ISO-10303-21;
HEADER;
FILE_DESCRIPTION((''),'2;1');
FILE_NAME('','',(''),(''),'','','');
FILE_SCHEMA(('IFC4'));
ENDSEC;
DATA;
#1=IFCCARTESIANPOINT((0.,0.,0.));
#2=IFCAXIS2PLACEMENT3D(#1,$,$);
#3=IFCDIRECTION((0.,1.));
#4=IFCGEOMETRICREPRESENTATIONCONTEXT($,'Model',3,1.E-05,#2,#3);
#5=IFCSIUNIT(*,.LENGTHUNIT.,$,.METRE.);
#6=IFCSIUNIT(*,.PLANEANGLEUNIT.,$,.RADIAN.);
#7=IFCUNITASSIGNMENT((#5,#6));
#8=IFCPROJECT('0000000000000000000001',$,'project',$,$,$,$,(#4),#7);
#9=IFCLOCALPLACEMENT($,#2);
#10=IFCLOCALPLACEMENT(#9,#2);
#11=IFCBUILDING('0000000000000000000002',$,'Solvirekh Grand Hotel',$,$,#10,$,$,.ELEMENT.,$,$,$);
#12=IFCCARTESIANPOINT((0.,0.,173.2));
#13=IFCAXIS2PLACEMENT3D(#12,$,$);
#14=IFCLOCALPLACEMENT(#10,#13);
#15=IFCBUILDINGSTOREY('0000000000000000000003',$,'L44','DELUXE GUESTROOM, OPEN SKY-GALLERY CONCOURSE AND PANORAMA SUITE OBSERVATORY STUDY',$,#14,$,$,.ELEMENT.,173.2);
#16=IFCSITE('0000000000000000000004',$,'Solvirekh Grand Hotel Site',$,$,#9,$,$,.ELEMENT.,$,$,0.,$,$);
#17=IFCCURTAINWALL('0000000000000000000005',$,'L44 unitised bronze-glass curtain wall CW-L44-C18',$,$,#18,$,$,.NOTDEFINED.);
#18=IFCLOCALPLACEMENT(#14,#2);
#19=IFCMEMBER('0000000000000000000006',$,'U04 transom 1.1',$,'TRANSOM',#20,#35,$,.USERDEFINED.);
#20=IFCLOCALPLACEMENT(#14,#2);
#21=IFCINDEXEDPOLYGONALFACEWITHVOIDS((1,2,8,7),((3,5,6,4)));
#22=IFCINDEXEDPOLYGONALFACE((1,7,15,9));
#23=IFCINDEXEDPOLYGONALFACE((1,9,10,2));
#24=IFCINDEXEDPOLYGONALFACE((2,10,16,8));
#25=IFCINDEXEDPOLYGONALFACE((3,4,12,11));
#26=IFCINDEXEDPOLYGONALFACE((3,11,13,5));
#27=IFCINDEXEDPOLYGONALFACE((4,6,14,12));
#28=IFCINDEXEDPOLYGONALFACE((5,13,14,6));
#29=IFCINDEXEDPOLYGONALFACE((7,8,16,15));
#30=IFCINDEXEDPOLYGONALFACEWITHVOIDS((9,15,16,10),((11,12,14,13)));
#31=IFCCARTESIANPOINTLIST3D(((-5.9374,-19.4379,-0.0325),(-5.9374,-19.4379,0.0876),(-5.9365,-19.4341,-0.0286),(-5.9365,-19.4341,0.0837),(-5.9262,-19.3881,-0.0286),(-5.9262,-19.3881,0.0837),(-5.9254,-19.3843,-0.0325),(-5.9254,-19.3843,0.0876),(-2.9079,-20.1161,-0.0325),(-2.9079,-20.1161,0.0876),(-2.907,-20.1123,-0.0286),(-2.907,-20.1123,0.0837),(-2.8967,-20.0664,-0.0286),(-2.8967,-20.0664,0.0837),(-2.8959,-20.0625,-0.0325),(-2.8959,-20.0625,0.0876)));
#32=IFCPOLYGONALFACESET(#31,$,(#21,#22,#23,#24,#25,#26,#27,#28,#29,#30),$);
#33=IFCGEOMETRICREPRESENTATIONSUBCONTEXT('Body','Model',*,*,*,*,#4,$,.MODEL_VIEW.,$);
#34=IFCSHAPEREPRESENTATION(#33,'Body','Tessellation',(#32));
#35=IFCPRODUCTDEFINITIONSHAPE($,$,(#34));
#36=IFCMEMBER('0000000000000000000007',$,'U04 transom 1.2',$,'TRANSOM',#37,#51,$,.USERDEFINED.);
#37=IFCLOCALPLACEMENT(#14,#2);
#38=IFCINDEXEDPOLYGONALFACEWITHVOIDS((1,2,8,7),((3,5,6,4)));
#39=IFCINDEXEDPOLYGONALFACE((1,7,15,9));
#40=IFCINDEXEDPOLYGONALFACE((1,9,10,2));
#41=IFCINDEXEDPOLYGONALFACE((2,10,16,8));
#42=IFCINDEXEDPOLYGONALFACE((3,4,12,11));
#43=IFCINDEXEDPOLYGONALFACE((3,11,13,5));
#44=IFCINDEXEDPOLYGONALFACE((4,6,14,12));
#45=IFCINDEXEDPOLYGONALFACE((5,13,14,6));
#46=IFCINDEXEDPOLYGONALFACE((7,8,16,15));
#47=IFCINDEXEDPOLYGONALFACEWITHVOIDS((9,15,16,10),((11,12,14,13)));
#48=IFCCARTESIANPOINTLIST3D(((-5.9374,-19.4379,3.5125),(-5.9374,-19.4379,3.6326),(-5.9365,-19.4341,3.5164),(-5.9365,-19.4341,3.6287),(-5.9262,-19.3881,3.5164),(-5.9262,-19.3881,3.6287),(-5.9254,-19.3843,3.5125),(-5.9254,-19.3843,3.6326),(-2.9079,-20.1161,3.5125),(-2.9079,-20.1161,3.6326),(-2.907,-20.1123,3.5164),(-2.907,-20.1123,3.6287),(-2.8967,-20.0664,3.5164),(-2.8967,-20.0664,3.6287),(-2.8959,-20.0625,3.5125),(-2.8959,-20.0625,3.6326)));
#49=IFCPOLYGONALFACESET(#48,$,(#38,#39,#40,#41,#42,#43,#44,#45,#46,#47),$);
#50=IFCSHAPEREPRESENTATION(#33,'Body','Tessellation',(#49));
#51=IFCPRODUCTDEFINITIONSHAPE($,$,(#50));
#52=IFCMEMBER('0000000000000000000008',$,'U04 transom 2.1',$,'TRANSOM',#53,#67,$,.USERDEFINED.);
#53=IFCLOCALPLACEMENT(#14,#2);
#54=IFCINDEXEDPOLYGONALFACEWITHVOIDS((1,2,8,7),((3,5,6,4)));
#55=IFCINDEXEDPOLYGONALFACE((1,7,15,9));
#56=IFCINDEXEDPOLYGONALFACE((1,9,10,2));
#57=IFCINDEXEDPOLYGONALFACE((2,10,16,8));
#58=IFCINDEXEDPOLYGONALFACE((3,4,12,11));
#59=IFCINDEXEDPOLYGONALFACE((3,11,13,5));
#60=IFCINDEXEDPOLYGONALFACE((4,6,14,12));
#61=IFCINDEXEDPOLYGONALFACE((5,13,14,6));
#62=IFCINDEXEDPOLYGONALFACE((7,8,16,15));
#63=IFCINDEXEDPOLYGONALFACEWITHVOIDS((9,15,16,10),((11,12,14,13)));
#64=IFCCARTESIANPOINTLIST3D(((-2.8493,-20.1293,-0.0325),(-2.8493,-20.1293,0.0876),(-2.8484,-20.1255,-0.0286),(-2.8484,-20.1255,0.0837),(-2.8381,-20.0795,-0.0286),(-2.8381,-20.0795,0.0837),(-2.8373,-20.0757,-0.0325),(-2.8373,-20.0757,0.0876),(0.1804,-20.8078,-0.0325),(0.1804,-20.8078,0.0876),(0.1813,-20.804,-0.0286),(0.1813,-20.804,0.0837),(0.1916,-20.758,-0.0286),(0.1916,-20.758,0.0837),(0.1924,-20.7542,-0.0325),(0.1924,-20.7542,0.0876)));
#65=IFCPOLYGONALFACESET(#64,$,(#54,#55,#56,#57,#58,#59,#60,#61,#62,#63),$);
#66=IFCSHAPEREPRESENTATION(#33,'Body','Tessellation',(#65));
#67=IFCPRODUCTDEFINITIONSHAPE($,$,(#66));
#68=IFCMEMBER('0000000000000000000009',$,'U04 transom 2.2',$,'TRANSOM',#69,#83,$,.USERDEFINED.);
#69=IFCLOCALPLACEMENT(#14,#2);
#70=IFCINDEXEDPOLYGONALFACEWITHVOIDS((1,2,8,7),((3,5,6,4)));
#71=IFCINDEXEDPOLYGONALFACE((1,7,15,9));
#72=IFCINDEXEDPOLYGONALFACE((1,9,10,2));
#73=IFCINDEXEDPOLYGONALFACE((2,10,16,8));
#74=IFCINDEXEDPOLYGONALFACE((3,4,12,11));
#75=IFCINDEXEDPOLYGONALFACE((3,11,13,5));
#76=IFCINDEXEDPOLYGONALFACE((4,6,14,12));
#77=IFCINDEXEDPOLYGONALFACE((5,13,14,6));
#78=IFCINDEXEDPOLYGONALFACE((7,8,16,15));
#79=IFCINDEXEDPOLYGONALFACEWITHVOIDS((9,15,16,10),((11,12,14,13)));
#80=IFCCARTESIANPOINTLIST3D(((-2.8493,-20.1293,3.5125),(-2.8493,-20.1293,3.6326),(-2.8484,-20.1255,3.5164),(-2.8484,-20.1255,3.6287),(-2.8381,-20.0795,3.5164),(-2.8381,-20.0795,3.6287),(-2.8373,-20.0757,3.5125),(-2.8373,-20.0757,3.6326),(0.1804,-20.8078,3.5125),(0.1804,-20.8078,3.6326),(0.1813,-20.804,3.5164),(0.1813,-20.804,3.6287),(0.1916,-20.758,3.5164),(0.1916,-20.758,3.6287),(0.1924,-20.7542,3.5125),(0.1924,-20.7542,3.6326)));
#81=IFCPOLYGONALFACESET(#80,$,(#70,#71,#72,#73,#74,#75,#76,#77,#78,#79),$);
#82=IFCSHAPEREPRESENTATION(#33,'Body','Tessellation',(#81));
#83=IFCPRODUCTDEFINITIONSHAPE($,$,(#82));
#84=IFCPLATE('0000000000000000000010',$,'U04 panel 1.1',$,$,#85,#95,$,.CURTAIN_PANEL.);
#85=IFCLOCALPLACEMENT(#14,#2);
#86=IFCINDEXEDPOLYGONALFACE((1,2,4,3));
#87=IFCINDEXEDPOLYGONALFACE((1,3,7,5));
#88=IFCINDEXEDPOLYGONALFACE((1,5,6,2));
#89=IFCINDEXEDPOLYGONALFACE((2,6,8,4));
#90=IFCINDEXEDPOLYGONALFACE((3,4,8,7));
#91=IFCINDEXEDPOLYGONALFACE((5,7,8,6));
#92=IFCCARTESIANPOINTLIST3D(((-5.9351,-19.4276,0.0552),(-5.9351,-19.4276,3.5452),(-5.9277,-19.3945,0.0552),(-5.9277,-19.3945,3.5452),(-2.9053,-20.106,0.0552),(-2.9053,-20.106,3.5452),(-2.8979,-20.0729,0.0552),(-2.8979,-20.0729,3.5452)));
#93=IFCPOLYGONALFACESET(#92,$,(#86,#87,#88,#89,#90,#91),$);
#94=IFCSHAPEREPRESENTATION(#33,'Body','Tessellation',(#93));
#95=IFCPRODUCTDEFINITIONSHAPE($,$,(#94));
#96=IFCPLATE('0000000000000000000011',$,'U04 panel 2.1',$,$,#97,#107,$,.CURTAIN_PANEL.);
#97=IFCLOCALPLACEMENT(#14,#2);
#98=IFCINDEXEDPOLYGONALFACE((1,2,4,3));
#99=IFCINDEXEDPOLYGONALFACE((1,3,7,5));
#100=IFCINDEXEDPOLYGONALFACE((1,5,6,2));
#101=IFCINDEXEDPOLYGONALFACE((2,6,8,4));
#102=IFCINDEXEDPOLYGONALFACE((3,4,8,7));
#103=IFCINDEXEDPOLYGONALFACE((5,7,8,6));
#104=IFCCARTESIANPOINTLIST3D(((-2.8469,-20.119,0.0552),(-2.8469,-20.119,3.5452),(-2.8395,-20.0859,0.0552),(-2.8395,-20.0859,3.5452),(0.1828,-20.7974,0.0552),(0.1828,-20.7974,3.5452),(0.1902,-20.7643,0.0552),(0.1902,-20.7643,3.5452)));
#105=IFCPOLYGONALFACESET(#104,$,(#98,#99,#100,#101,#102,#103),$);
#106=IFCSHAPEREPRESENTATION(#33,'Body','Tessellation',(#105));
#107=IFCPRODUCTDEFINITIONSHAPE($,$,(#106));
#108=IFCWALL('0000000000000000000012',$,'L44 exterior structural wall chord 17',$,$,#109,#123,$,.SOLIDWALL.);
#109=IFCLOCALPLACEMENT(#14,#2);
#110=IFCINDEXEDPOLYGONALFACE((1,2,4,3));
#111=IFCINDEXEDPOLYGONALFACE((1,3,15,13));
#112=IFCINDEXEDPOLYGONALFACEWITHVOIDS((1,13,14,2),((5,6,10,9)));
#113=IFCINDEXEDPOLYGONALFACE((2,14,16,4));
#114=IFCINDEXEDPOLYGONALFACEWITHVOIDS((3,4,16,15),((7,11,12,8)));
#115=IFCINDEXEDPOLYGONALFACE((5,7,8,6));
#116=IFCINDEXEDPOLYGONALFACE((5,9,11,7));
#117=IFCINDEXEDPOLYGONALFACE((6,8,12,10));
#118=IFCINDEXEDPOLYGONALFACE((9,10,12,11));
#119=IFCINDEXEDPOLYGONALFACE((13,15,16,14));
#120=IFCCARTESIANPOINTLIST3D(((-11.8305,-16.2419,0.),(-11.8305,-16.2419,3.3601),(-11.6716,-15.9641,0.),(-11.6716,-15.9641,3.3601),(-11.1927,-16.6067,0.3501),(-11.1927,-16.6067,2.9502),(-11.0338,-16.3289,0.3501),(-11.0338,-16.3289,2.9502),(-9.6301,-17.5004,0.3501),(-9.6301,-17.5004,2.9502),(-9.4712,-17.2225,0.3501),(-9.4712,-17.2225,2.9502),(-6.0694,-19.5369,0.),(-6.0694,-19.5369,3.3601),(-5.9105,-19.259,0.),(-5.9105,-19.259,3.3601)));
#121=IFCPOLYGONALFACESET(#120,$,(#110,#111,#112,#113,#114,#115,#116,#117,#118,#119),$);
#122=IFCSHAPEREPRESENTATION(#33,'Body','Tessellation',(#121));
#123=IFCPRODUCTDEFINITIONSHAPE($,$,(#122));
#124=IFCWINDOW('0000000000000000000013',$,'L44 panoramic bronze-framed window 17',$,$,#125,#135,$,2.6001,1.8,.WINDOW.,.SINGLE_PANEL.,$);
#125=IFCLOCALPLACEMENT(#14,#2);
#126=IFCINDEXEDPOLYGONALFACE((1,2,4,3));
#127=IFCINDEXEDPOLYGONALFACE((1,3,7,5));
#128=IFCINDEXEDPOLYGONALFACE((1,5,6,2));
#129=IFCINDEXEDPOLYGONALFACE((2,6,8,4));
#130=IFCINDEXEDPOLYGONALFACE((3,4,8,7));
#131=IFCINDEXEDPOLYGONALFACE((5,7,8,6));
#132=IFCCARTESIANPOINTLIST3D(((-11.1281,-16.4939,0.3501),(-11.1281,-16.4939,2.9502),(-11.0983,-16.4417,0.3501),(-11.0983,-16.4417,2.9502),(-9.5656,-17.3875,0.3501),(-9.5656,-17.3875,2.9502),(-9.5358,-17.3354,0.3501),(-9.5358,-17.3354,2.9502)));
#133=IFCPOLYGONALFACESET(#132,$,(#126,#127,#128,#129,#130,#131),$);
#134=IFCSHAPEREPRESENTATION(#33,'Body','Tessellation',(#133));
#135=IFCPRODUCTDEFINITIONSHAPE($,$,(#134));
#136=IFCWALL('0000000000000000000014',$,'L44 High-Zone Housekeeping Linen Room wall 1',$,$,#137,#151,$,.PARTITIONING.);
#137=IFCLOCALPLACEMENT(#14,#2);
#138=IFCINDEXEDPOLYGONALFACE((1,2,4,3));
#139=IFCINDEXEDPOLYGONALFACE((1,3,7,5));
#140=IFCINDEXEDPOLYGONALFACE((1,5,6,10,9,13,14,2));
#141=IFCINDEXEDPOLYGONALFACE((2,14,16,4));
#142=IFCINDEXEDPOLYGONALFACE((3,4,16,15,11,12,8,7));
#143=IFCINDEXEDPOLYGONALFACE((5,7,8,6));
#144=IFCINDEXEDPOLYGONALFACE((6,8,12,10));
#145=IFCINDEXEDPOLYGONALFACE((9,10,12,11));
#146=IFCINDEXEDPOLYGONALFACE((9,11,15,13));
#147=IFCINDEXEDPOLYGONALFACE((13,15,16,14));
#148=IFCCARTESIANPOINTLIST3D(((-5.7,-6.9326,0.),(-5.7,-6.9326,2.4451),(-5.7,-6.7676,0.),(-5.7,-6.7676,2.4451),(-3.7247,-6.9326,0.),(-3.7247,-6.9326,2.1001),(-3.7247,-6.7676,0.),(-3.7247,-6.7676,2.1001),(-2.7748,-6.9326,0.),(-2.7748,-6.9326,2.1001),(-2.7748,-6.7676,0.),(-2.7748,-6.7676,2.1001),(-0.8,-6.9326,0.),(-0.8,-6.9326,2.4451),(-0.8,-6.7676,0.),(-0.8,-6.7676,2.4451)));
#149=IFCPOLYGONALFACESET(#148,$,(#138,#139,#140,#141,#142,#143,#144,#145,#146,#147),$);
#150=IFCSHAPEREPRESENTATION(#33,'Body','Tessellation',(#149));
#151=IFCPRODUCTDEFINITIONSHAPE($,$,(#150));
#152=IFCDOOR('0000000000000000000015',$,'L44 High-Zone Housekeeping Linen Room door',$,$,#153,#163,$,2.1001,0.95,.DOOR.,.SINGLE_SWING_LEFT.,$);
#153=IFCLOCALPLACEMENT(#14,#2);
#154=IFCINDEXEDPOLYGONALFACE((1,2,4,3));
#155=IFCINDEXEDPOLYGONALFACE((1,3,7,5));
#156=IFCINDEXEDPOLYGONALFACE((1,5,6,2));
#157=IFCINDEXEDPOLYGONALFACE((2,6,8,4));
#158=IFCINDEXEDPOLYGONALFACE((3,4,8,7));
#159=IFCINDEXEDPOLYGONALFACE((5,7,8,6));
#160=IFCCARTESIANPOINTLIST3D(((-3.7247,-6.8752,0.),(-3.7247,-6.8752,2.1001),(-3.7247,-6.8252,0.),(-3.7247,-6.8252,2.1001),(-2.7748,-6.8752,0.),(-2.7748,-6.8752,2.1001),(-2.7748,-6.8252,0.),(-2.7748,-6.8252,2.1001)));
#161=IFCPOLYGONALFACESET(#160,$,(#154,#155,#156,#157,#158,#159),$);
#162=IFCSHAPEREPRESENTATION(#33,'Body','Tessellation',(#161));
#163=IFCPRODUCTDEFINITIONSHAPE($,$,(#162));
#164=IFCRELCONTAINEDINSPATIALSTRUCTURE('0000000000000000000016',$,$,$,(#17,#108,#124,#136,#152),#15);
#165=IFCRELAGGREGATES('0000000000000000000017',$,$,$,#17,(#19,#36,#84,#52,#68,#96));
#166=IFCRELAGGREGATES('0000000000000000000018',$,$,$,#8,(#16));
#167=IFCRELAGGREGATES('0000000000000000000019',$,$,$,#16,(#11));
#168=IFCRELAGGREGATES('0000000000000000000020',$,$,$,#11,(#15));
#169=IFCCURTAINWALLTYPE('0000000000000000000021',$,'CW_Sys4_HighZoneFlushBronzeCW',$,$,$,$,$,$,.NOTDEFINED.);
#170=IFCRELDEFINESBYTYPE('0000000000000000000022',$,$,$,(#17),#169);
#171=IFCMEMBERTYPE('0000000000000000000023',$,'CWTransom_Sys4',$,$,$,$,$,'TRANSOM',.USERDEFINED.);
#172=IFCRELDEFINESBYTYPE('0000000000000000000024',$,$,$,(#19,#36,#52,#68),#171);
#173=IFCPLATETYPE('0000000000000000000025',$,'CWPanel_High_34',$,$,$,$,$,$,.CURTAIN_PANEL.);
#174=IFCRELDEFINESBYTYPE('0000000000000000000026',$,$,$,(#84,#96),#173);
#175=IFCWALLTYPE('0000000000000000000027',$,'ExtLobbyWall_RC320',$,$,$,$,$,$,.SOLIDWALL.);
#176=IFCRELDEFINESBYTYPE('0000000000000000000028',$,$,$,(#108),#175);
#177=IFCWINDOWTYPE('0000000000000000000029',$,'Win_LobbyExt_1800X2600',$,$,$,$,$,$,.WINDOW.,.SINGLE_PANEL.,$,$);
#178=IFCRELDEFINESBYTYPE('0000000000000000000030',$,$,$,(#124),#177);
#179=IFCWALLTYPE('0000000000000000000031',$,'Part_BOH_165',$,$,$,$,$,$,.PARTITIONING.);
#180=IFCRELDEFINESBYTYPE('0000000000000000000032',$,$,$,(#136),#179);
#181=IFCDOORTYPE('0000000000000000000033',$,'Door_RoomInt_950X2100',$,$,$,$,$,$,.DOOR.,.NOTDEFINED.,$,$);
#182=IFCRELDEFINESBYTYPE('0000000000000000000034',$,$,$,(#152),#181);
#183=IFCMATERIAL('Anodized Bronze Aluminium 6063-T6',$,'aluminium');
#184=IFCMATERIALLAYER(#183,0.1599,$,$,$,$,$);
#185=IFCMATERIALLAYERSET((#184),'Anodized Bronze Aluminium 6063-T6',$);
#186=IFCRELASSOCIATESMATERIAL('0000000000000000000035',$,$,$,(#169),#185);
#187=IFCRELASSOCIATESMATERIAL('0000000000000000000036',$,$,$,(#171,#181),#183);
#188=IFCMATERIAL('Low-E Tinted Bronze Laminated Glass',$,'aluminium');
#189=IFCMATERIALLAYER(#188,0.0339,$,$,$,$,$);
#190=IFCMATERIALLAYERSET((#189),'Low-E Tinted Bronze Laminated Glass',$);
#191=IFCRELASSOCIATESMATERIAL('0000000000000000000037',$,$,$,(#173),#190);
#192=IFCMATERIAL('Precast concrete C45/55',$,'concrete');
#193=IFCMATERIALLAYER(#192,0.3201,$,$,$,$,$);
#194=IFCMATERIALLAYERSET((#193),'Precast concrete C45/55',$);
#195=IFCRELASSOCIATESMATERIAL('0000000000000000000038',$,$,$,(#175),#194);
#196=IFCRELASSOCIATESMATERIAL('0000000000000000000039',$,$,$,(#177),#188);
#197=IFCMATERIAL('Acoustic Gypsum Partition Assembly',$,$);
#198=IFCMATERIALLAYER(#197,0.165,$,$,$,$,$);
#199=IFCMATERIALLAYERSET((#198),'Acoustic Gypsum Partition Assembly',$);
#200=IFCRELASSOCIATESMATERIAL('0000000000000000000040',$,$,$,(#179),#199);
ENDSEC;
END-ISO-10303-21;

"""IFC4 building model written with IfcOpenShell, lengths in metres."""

from ifc_helpers import new_model, si_unit, direction, frame, frame_2d, origin, origin_2d, place, context, subcontext, project, spatial, rectangle, hollow_rectangle, extrude, source, transform, mapped, material, layer, layer_set, material_profile, profile_set, type_object, element, fill, aggregate, save


model = new_model("IFC4")

# Units and contexts
model_context = context("Model", 3, precision=1e-05, world=origin(), true_north=direction((0.0, 1.0)))
body_context = subcontext(model_context, "Body", "Model", "MODEL_VIEW")
ifc_project = project(units=[si_unit("LENGTHUNIT", "METRE"), si_unit("PLANEANGLEUNIT", "RADIAN")], contexts=[model_context])

# Site, building, storey
site_placement = place(None, origin())
site = spatial("IfcSite", under=ifc_project, at=site_placement, Name="Solvirekh Grand Hotel Site", CompositionType="ELEMENT", RefElevation=0.0)
building_placement = place(site_placement, origin())
building = spatial("IfcBuilding", under=site, at=building_placement, Name="Solvirekh Grand Hotel", CompositionType="ELEMENT")
storey_placement = place(building_placement, frame((0.0, 0.0, 173.2)))
storey = spatial("IfcBuildingStorey", under=building, at=storey_placement, Name="L44", Description="DELUXE GUESTROOM, OPEN SKY-GALLERY CONCOURSE AND PANORAMA SUITE OBSERVATORY STUDY", CompositionType="ELEMENT", Elevation=173.2)

# Curtain wall, members, plates
ifc_material_1 = material(Name="Anodized Bronze Aluminium 6063-T6", Category="aluminium")
ifc_layer_1 = layer(ifc_material_1, 0.1599)
ifc_layer_set_1 = layer_set([ifc_layer_1], Name="Anodized Bronze Aluminium 6063-T6")
curtain_wall_type = type_object("IfcCurtainWallType", Name="CW_Sys4_HighZoneFlushBronzeCW", PredefinedType="NOTDEFINED", material=ifc_layer_set_1)
curtain_wall_placement = place(storey_placement, origin())
curtain_wall = element("IfcCurtainWall", 1, at=curtain_wall_placement, inside=storey, type_object=curtain_wall_type, Name="L44 unitised bronze-glass curtain wall CW-L44-C18", PredefinedType="NOTDEFINED")
ifc_material_profile_1 = material_profile(ifc_material_1, hollow_rectangle(XDim=0.0549, YDim=0.1201, WallThickness=0.0039, at=origin_2d()), Name="ALU RHS 120X55X4")
ifc_profile_set_1 = profile_set([ifc_material_profile_1], Name="Anodized Bronze Aluminium 6063-T6")
member_type_1 = type_object("IfcMemberType", Name="CWTransom_Sys4", ElementType="TRANSOM", PredefinedType="USERDEFINED", material=ifc_profile_set_1)
shared_shape_1 = source(origin(), body_context, "Body", "SweptSolid", [
    extrude(hollow_rectangle(XDim=0.0549, YDim=0.1201, WallThickness=0.0039, at=origin_2d()), origin(), (0.0, 0.0, 1.0), 3.1045),
])
member_1_placement = place(storey_placement, frame((-5.9314, -19.4111, 0.0276), z_axis=(0.975845, -0.218462, 0.0), x_axis=(0.218462, 0.975845, 0.0)))
member_1 = element("IfcMember", 2, at=member_1_placement, type_object=member_type_1, Name="U04 transom 1.1", ObjectType="TRANSOM", PredefinedType="USERDEFINED", context=body_context, shape_type="MappedRepresentation", body=[
    mapped(shared_shape_1, transform((0.0, 0.0, 0.0), x_axis=(1.0, 0.0, 0.0), y_axis=(0.0, 1.0, 0.0), z_axis=(0.0, 0.0, 1.0), scale=1.0)),
])
member_2_placement = place(storey_placement, frame((-5.9314, -19.4111, 3.5725), z_axis=(0.975845, -0.218462, 0.0), x_axis=(0.218462, 0.975845, 0.0)))
member_2 = element("IfcMember", 3, at=member_2_placement, type_object=member_type_1, Name="U04 transom 1.2", ObjectType="TRANSOM", PredefinedType="USERDEFINED", context=body_context, shape_type="MappedRepresentation", body=[
    mapped(shared_shape_1, transform((0.0, 0.0, 0.0), x_axis=(1.0, 0.0, 0.0), y_axis=(0.0, 1.0, 0.0), z_axis=(0.0, 0.0, 1.0), scale=1.0)),
])
shared_shape_2 = source(origin(), body_context, "Body", "SweptSolid", [
    extrude(hollow_rectangle(XDim=0.0549, YDim=0.1201, WallThickness=0.0039, at=origin_2d()), origin(), (0.0, 0.0, 1.0), 3.1047),
])
member_3_placement = place(storey_placement, frame((-2.8433, -20.1025, 0.0276), z_axis=(0.975832, -0.21852, 0.0), x_axis=(0.21852, 0.975832, 0.0)))
member_3 = element("IfcMember", 4, at=member_3_placement, type_object=member_type_1, Name="U04 transom 2.1", ObjectType="TRANSOM", PredefinedType="USERDEFINED", context=body_context, shape_type="MappedRepresentation", body=[
    mapped(shared_shape_2, transform((0.0, 0.0, 0.0), x_axis=(1.0, 0.0, 0.0), y_axis=(0.0, 1.0, 0.0), z_axis=(0.0, 0.0, 1.0), scale=1.0)),
])
member_4_placement = place(storey_placement, frame((-2.8433, -20.1025, 3.5725), z_axis=(0.975832, -0.21852, 0.0), x_axis=(0.21852, 0.975832, 0.0)))
member_4 = element("IfcMember", 5, at=member_4_placement, type_object=member_type_1, Name="U04 transom 2.2", ObjectType="TRANSOM", PredefinedType="USERDEFINED", context=body_context, shape_type="MappedRepresentation", body=[
    mapped(shared_shape_2, transform((0.0, 0.0, 0.0), x_axis=(1.0, 0.0, 0.0), y_axis=(0.0, 1.0, 0.0), z_axis=(0.0, 0.0, 1.0), scale=1.0)),
])
ifc_material_2 = material(Name="Low-E Tinted Bronze Laminated Glass", Category="aluminium")
ifc_layer_2 = layer(ifc_material_2, 0.0339)
ifc_layer_set_2 = layer_set([ifc_layer_2], Name="Low-E Tinted Bronze Laminated Glass")
plate_type = type_object("IfcPlateType", Name="CWPanel_High_34", PredefinedType="CURTAIN_PANEL", material=ifc_layer_set_2)
shared_shape_3 = source(origin(), body_context, "Body", "SweptSolid", [
    extrude(rectangle(XDim=3.1047, YDim=0.0339, at=origin_2d()), origin(), (0.0, 0.0, 1.0), 3.49),
])
plate_1_placement = place(storey_placement, frame((-4.4165, -19.7502, 0.0552), z_axis=(0.0, 0.0, 1.0), x_axis=(0.97584, -0.218488, 0.0)))
plate_1 = element("IfcPlate", 6, at=plate_1_placement, type_object=plate_type, Name="U04 panel 1.1", PredefinedType="CURTAIN_PANEL", context=body_context, shape_type="MappedRepresentation", body=[
    mapped(shared_shape_3, transform((0.0, 0.0, 0.0), x_axis=(1.0, 0.0, 0.0), y_axis=(0.0, 1.0, 0.0), z_axis=(0.0, 0.0, 1.0), scale=1.0)),
])
plate_2_placement = place(storey_placement, frame((-1.3284, -20.4417, 0.0552), z_axis=(0.0, 0.0, 1.0), x_axis=(0.97584, -0.218488, 0.0)))
plate_2 = element("IfcPlate", 7, at=plate_2_placement, type_object=plate_type, Name="U04 panel 2.1", PredefinedType="CURTAIN_PANEL", context=body_context, shape_type="MappedRepresentation", body=[
    mapped(shared_shape_3, transform((0.0, 0.0, 0.0), x_axis=(1.0, 0.0, 0.0), y_axis=(0.0, 1.0, 0.0), z_axis=(0.0, 0.0, 1.0), scale=1.0)),
])
aggregate(curtain_wall, [member_1, member_2, plate_1, member_3, member_4, plate_2])

# Wall, opening, window
ifc_material_3 = material(Name="Precast concrete C45/55", Category="concrete")
ifc_layer_3 = layer(ifc_material_3, 0.3201)
ifc_layer_set_3 = layer_set([ifc_layer_3], Name="Precast concrete C45/55")
wall_type_1 = type_object("IfcWallType", Name="ExtLobbyWall_RC320", PredefinedType="SOLIDWALL", material=ifc_layer_set_3)
wall_1_placement = place(storey_placement, frame((-5.99, -19.3979, 0.0), z_axis=(0.0, 0.0, 1.0), x_axis=(-0.868053, 0.496472, 0.0)))
wall_1 = element("IfcWall", 8, at=wall_1_placement, inside=storey, type_object=wall_type_1, Name="L44 exterior structural wall chord 17", PredefinedType="SOLIDWALL", context=body_context, shape_type="SweptSolid", body=[
    extrude(rectangle(XDim=6.6367, YDim=0.3201, at=frame_2d((3.3184, 0.0))), origin(), (0.0, 0.0, 1.0), 3.3601),
])
opening_1_placement = place(wall_1_placement, frame((4.1021, 0.0, 0.3501)))
opening_1 = element("IfcOpeningElement", 9, at=opening_1_placement, cuts=wall_1, PredefinedType="OPENING", context=body_context, shape_type="SweptSolid", body=[
    extrude(rectangle(XDim=1.8, YDim=2.6001, at=frame_2d((0.8999, 1.3))), frame((0.0, 0.1699, 0.0), z_axis=(0.0, -1.0, 0.0), x_axis=(1.0, 0.0, 0.0)), (0.0, 0.0, 1.0), 0.3401),
])
window_type = type_object("IfcWindowType", Name="Win_LobbyExt_1800X2600", PartitioningType="SINGLE_PANEL", PredefinedType="WINDOW", material=ifc_material_2)
window_placement = place(opening_1_placement, origin())
window = element("IfcWindow", 10, at=window_placement, inside=storey, type_object=window_type, Name="L44 panoramic bronze-framed window 17", OverallHeight=2.6001, OverallWidth=1.8, PartitioningType="SINGLE_PANEL", PredefinedType="WINDOW", context=body_context, shape_type="SweptSolid", body=[
    extrude(rectangle(XDim=1.8, YDim=2.6001, at=frame_2d((0.8999, 1.3))), frame((0.0, 0.03, 0.0), z_axis=(0.0, -1.0, 0.0), x_axis=(1.0, 0.0, 0.0)), (0.0, 0.0, 1.0), 0.0601),
])
fill(opening_1, window)

# Wall, opening, door
ifc_material_4 = material(Name="Acoustic Gypsum Partition Assembly")
ifc_layer_4 = layer(ifc_material_4, 0.165)
ifc_layer_set_4 = layer_set([ifc_layer_4], Name="Acoustic Gypsum Partition Assembly")
wall_type_2 = type_object("IfcWallType", Name="Part_BOH_165", PredefinedType="PARTITIONING", material=ifc_layer_set_4)
wall_2_placement = place(storey_placement, frame((-5.7, -6.8501, 0.0), z_axis=(0.0, 0.0, 1.0), x_axis=(1.0, 0.0, 0.0)))
wall_2 = element("IfcWall", 11, at=wall_2_placement, inside=storey, type_object=wall_type_2, Name="L44 High-Zone Housekeeping Linen Room wall 1", PredefinedType="PARTITIONING", context=body_context, shape_type="SweptSolid", body=[
    extrude(rectangle(XDim=4.8999, YDim=0.165, at=frame_2d((2.45, 0.0))), origin(), (0.0, 0.0, 1.0), 2.4451),
])
opening_2_placement = place(wall_2_placement, frame((1.9751, 0.0, 0.0)))
opening_2 = element("IfcOpeningElement", 12, at=opening_2_placement, cuts=wall_2, PredefinedType="OPENING", context=body_context, shape_type="SweptSolid", body=[
    extrude(rectangle(XDim=0.95, YDim=2.1001, at=frame_2d((0.4751, 1.05))), frame((0.0, 0.0925, 0.0), z_axis=(0.0, -1.0, 0.0), x_axis=(1.0, 0.0, 0.0)), (0.0, 0.0, 1.0), 0.1851),
])
door_type_1 = type_object("IfcDoorType", Name="Door_RoomInt_950X2100", OperationType="NOTDEFINED", PredefinedType="DOOR", material=ifc_material_1)
door_1_placement = place(opening_2_placement, origin())
door_1 = element("IfcDoor", 13, at=door_1_placement, inside=storey, type_object=door_type_1, Name="L44 High-Zone Housekeeping Linen Room door", OperationType="SINGLE_SWING_LEFT", OverallHeight=2.1001, OverallWidth=0.95, PredefinedType="DOOR", context=body_context, shape_type="SweptSolid", body=[
    extrude(rectangle(XDim=0.95, YDim=2.1001, at=frame_2d((0.4751, 1.05))), frame((0.0, 0.0249, 0.0), z_axis=(0.0, -1.0, 0.0), x_axis=(1.0, 0.0, 0.0)), (0.0, 0.0, 1.0), 0.05),
])
fill(opening_2, door_1)

save(model, "model.ifc")
